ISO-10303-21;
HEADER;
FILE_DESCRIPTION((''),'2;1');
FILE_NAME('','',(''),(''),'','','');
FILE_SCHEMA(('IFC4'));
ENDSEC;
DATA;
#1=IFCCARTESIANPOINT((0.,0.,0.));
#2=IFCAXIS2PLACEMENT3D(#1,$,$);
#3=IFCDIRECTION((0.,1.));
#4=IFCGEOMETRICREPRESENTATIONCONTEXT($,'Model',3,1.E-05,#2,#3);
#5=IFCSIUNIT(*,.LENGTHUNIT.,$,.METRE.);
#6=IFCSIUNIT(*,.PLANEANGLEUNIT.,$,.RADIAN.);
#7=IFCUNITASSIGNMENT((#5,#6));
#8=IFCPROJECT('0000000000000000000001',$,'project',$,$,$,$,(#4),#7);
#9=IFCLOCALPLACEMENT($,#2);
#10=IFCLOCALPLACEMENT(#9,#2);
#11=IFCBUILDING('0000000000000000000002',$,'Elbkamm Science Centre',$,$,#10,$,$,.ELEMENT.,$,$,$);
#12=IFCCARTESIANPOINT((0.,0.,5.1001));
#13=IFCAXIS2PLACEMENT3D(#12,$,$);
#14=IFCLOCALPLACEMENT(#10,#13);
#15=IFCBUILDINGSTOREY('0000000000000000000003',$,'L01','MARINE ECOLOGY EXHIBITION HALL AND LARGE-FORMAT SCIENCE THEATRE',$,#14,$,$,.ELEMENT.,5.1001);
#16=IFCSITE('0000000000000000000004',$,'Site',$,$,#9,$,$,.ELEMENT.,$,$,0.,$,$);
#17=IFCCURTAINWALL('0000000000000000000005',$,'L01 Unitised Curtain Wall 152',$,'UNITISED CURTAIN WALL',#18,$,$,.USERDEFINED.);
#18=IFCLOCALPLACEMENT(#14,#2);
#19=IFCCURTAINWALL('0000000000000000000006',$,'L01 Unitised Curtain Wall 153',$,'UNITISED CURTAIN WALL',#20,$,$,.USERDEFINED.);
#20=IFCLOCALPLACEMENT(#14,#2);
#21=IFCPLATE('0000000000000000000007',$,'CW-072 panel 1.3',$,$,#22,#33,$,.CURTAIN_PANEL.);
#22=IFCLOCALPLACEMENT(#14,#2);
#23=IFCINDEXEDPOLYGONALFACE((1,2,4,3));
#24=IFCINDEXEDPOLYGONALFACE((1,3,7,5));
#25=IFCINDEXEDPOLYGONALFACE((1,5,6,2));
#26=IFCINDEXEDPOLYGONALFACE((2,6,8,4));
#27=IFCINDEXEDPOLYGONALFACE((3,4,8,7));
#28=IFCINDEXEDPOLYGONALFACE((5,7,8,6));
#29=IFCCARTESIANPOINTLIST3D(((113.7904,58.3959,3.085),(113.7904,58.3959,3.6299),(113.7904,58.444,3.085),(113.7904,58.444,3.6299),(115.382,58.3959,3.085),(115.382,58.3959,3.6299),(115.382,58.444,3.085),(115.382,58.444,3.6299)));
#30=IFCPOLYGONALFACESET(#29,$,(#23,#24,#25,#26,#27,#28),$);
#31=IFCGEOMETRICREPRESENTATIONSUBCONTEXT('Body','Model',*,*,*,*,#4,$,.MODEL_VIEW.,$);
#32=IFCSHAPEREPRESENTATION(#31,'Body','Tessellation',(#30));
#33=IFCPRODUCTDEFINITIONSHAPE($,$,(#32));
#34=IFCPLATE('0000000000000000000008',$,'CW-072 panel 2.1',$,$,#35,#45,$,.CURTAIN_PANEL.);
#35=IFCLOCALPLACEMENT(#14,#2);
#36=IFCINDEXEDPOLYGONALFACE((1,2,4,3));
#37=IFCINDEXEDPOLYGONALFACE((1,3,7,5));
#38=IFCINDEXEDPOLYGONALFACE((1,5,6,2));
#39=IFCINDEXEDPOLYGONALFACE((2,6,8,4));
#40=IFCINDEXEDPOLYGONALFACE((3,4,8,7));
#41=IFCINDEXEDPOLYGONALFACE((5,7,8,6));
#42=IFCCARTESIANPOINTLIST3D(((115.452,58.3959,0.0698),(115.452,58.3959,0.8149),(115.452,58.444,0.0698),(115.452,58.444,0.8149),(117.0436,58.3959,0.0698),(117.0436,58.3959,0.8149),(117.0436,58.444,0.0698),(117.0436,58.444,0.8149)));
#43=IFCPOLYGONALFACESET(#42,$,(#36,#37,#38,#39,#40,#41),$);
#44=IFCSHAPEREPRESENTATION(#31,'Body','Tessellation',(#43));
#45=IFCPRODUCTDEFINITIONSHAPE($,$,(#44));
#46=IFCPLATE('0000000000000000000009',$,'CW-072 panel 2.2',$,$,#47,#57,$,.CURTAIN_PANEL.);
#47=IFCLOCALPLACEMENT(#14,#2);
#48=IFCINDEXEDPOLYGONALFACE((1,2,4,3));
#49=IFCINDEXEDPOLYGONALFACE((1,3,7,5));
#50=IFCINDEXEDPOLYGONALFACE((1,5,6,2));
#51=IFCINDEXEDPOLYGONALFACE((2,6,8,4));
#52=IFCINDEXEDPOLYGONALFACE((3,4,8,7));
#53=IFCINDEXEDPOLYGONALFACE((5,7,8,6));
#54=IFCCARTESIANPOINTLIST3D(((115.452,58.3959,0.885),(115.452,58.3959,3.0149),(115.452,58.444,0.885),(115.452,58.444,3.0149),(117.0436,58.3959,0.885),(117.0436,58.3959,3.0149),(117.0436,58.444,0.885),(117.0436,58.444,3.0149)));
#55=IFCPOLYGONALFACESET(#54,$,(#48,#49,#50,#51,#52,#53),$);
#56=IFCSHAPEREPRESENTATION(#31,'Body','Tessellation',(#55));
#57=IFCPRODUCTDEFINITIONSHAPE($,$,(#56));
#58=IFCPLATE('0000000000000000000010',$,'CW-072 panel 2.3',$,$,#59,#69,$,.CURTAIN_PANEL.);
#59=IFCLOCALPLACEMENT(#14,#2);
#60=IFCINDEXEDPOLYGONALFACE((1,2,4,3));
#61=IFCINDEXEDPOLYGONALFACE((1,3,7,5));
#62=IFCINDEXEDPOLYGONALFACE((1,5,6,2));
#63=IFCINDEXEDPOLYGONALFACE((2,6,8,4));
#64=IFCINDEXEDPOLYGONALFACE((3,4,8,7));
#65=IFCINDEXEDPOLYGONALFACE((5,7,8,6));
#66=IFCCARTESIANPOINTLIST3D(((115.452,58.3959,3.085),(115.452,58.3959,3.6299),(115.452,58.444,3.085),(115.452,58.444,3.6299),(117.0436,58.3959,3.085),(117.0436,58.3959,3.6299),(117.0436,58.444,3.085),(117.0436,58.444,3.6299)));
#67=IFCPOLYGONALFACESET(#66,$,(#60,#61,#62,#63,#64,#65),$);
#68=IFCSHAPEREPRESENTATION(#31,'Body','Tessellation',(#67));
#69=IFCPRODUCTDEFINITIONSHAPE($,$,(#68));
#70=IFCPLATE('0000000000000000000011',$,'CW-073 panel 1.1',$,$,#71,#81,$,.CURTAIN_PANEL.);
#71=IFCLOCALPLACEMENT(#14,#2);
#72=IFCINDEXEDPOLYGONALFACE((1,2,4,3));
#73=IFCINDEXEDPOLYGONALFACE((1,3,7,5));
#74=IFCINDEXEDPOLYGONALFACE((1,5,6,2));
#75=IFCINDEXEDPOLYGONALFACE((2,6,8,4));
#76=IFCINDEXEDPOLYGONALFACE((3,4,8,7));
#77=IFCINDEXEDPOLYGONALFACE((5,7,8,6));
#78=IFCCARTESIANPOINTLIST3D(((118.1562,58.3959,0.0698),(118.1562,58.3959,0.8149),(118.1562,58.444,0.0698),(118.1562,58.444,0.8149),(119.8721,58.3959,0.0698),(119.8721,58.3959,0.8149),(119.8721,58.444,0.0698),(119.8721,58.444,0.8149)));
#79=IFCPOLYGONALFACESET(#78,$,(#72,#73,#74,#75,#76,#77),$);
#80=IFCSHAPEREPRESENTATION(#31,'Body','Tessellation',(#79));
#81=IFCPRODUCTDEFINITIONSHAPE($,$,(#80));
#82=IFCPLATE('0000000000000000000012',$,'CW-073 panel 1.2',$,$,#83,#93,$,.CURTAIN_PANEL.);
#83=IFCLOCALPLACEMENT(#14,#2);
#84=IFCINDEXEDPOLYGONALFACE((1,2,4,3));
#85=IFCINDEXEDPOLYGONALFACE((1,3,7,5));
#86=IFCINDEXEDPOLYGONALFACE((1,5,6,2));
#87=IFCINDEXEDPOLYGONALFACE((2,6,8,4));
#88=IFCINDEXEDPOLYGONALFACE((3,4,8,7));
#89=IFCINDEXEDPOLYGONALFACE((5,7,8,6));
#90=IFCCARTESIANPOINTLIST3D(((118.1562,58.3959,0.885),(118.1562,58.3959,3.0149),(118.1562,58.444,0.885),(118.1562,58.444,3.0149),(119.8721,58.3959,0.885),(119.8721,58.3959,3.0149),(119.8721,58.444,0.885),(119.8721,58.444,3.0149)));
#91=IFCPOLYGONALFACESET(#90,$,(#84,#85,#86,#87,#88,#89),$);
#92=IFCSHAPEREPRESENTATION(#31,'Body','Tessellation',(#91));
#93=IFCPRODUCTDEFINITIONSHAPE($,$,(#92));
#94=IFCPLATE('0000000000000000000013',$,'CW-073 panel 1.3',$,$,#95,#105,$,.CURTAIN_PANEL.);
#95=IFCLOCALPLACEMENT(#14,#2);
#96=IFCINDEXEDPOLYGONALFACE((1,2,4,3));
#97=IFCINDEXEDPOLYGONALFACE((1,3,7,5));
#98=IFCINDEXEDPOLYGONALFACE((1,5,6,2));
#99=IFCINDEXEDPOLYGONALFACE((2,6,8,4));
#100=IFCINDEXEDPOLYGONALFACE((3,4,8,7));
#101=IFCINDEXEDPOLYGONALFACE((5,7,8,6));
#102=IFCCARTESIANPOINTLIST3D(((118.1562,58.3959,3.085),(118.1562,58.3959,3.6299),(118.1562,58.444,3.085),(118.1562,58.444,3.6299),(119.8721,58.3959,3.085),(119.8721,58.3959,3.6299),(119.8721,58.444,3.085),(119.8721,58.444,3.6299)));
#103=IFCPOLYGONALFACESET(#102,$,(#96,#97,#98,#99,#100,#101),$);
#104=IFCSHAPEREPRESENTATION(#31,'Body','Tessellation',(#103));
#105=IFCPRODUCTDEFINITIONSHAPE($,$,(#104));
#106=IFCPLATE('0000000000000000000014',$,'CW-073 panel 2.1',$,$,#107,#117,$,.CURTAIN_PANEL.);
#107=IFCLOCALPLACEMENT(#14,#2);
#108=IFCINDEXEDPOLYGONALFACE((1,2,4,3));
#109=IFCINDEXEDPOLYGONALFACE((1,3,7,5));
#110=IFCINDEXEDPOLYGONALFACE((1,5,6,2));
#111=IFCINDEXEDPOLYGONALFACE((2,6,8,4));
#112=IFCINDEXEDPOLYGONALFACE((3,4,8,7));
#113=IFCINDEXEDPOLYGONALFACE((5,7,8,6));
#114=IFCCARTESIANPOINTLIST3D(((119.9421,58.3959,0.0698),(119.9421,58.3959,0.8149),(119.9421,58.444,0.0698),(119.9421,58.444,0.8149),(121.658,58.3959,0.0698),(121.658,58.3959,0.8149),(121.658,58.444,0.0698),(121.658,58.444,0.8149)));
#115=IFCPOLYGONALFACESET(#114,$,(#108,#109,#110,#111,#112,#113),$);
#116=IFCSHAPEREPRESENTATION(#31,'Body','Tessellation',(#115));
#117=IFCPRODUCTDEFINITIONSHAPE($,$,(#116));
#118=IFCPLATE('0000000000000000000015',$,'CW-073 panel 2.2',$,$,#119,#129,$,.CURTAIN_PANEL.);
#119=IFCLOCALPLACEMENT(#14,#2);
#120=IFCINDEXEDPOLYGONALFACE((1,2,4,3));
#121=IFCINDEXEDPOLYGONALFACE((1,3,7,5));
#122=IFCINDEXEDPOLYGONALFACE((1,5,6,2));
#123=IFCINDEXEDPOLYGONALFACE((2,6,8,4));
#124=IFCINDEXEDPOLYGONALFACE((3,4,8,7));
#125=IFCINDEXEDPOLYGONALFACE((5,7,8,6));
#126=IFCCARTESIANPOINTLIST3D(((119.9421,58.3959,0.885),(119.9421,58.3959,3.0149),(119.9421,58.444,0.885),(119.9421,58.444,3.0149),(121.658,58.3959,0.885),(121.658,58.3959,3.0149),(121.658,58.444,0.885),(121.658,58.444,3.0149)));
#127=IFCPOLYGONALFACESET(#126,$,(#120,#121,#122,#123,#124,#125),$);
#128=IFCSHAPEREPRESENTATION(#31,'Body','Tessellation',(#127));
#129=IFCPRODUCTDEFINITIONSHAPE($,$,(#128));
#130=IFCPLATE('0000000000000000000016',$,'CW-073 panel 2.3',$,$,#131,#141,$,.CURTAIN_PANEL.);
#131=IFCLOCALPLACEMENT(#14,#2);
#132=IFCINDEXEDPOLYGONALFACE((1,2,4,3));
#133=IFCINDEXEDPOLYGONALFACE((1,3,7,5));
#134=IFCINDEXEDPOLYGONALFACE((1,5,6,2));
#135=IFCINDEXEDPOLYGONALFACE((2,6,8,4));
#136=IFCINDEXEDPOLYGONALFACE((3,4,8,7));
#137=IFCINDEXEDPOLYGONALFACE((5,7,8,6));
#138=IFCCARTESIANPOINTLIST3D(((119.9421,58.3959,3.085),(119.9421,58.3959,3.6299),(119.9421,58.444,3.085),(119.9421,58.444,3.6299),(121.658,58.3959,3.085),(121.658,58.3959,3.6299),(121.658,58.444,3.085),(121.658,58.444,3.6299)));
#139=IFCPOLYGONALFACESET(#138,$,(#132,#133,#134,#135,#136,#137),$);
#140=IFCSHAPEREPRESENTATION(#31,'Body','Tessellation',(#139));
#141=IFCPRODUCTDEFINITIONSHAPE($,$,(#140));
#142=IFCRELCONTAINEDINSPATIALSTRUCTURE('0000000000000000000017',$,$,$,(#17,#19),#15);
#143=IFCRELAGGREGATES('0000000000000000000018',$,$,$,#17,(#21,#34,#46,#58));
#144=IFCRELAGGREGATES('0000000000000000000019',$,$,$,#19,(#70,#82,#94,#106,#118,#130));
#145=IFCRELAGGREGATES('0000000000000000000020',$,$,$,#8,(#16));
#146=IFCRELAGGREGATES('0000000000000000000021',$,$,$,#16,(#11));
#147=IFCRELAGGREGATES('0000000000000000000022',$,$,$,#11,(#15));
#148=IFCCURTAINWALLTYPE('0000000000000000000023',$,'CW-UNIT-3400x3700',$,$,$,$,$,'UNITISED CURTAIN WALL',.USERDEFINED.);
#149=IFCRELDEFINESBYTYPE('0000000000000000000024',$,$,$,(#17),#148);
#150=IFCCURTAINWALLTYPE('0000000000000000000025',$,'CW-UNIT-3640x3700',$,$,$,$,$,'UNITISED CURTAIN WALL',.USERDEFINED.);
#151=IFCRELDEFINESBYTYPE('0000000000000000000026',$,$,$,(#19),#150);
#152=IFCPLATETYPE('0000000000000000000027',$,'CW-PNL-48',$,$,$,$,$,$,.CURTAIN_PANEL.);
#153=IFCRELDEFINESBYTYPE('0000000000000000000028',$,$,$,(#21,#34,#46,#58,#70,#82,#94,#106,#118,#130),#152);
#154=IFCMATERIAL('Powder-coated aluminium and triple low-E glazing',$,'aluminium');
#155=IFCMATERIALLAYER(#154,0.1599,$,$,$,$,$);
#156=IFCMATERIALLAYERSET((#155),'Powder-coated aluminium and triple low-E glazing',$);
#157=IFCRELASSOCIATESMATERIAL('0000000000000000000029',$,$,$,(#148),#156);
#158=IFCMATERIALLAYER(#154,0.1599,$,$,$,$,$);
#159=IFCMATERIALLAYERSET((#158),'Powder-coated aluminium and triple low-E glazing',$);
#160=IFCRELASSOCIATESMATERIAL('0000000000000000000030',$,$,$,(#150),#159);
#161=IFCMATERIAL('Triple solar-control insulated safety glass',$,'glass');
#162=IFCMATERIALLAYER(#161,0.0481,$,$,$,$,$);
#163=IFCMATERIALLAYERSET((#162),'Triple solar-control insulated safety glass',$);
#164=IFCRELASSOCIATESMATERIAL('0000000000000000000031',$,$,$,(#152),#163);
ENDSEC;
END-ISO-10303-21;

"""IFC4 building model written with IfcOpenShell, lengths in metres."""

from ifc_helpers import new_model, si_unit, direction, frame, origin, origin_2d, place, context, subcontext, project, spatial, rectangle, extrude, material, layer, layer_set, type_object, element, aggregate, save


model = new_model("IFC4")

# Units and contexts
model_context = context("Model", 3, precision=1e-05, world=origin(), true_north=direction((0.0, 1.0)))
body_context = subcontext(model_context, "Body", "Model", "MODEL_VIEW")
ifc_project = project(units=[si_unit("LENGTHUNIT", "METRE"), si_unit("PLANEANGLEUNIT", "RADIAN")], contexts=[model_context])

# Site, building, storey
site_placement = place(None, origin())
site = spatial("IfcSite", under=ifc_project, at=site_placement, Name="Site", CompositionType="ELEMENT", RefElevation=0.0)
building_placement = place(site_placement, origin())
building = spatial("IfcBuilding", under=site, at=building_placement, Name="Elbkamm Science Centre", CompositionType="ELEMENT")
storey_placement = place(building_placement, frame((0.0, 0.0, 5.1001)))
storey = spatial("IfcBuildingStorey", under=building, at=storey_placement, Name="L01", Description="MARINE ECOLOGY EXHIBITION HALL AND LARGE-FORMAT SCIENCE THEATRE", CompositionType="ELEMENT", Elevation=5.1001)

# Curtain walls
ifc_material_1 = material(Name="Powder-coated aluminium and triple low-E glazing", Category="aluminium")
ifc_layer_1 = layer(ifc_material_1, 0.1599)
ifc_layer_set_1 = layer_set([ifc_layer_1], Name="Powder-coated aluminium and triple low-E glazing")
curtain_wall_type_1 = type_object("IfcCurtainWallType", Name="CW-UNIT-3400x3700", ElementType="UNITISED CURTAIN WALL", PredefinedType="USERDEFINED", material=ifc_layer_set_1)
curtain_wall_1_placement = place(storey_placement, origin())
curtain_wall_1 = element("IfcCurtainWall", 1, at=curtain_wall_1_placement, inside=storey, type_object=curtain_wall_type_1, Name="L01 Unitised Curtain Wall 152", ObjectType="UNITISED CURTAIN WALL", PredefinedType="USERDEFINED")
ifc_layer_2 = layer(ifc_material_1, 0.1599)
ifc_layer_set_2 = layer_set([ifc_layer_2], Name="Powder-coated aluminium and triple low-E glazing")
curtain_wall_type_2 = type_object("IfcCurtainWallType", Name="CW-UNIT-3640x3700", ElementType="UNITISED CURTAIN WALL", PredefinedType="USERDEFINED", material=ifc_layer_set_2)
curtain_wall_2_placement = place(storey_placement, origin())
curtain_wall_2 = element("IfcCurtainWall", 2, at=curtain_wall_2_placement, inside=storey, type_object=curtain_wall_type_2, Name="L01 Unitised Curtain Wall 153", ObjectType="UNITISED CURTAIN WALL", PredefinedType="USERDEFINED")

# Plates
ifc_material_2 = material(Name="Triple solar-control insulated safety glass", Category="glass")
ifc_layer_3 = layer(ifc_material_2, 0.0481)
ifc_layer_set_3 = layer_set([ifc_layer_3], Name="Triple solar-control insulated safety glass")
plate_type = type_object("IfcPlateType", Name="CW-PNL-48", PredefinedType="CURTAIN_PANEL", material=ifc_layer_set_3)
plate_1_placement = place(storey_placement, frame((114.5862, 58.4199, 3.085), z_axis=(0.0, 0.0, 1.0), x_axis=(1.0, 0.0, 0.0)))
plate_1 = element("IfcPlate", 3, at=plate_1_placement, type_object=plate_type, Name="CW-072 panel 1.3", PredefinedType="CURTAIN_PANEL", context=body_context, shape_type="SweptSolid", body=[
    extrude(rectangle(XDim=1.5916, YDim=0.0481, at=origin_2d()), origin(), (0.0, 0.0, 1.0), 0.5449),
])
plate_2_placement = place(storey_placement, frame((116.2478, 58.4199, 0.0698), z_axis=(0.0, 0.0, 1.0), x_axis=(1.0, 0.0, 0.0)))
plate_2 = element("IfcPlate", 4, at=plate_2_placement, type_object=plate_type, Name="CW-072 panel 2.1", PredefinedType="CURTAIN_PANEL", context=body_context, shape_type="SweptSolid", body=[
    extrude(rectangle(XDim=1.5916, YDim=0.0481, at=origin_2d()), origin(), (0.0, 0.0, 1.0), 0.7451),
])
plate_3_placement = place(storey_placement, frame((116.2478, 58.4199, 0.885), z_axis=(0.0, 0.0, 1.0), x_axis=(1.0, 0.0, 0.0)))
plate_3 = element("IfcPlate", 5, at=plate_3_placement, type_object=plate_type, Name="CW-072 panel 2.2", PredefinedType="CURTAIN_PANEL", context=body_context, shape_type="SweptSolid", body=[
    extrude(rectangle(XDim=1.5916, YDim=0.0481, at=origin_2d()), origin(), (0.0, 0.0, 1.0), 2.1299),
])
plate_4_placement = place(storey_placement, frame((116.2478, 58.4199, 3.085), z_axis=(0.0, 0.0, 1.0), x_axis=(1.0, 0.0, 0.0)))
plate_4 = element("IfcPlate", 6, at=plate_4_placement, type_object=plate_type, Name="CW-072 panel 2.3", PredefinedType="CURTAIN_PANEL", context=body_context, shape_type="SweptSolid", body=[
    extrude(rectangle(XDim=1.5916, YDim=0.0481, at=origin_2d()), origin(), (0.0, 0.0, 1.0), 0.5449),
])
aggregate(curtain_wall_1, [plate_1, plate_2, plate_3, plate_4])
plate_5_placement = place(storey_placement, frame((119.0142, 58.4199, 0.0698), z_axis=(0.0, 0.0, 1.0), x_axis=(1.0, 0.0, 0.0)))
plate_5 = element("IfcPlate", 7, at=plate_5_placement, type_object=plate_type, Name="CW-073 panel 1.1", PredefinedType="CURTAIN_PANEL", context=body_context, shape_type="SweptSolid", body=[
    extrude(rectangle(XDim=1.7158, YDim=0.0481, at=origin_2d()), origin(), (0.0, 0.0, 1.0), 0.7451),
])
plate_6_placement = place(storey_placement, frame((119.0142, 58.4199, 0.885), z_axis=(0.0, 0.0, 1.0), x_axis=(1.0, 0.0, 0.0)))
plate_6 = element("IfcPlate", 8, at=plate_6_placement, type_object=plate_type, Name="CW-073 panel 1.2", PredefinedType="CURTAIN_PANEL", context=body_context, shape_type="SweptSolid", body=[
    extrude(rectangle(XDim=1.7158, YDim=0.0481, at=origin_2d()), origin(), (0.0, 0.0, 1.0), 2.1299),
])
plate_7_placement = place(storey_placement, frame((119.0142, 58.4199, 3.085), z_axis=(0.0, 0.0, 1.0), x_axis=(1.0, 0.0, 0.0)))
plate_7 = element("IfcPlate", 9, at=plate_7_placement, type_object=plate_type, Name="CW-073 panel 1.3", PredefinedType="CURTAIN_PANEL", context=body_context, shape_type="SweptSolid", body=[
    extrude(rectangle(XDim=1.7158, YDim=0.0481, at=origin_2d()), origin(), (0.0, 0.0, 1.0), 0.5449),
])
plate_8_placement = place(storey_placement, frame((120.8, 58.4199, 0.0698), z_axis=(0.0, 0.0, 1.0), x_axis=(1.0, 0.0, 0.0)))
plate_8 = element("IfcPlate", 10, at=plate_8_placement, type_object=plate_type, Name="CW-073 panel 2.1", PredefinedType="CURTAIN_PANEL", context=body_context, shape_type="SweptSolid", body=[
    extrude(rectangle(XDim=1.7158, YDim=0.0481, at=origin_2d()), origin(), (0.0, 0.0, 1.0), 0.7451),
])
plate_9_placement = place(storey_placement, frame((120.8, 58.4199, 0.885), z_axis=(0.0, 0.0, 1.0), x_axis=(1.0, 0.0, 0.0)))
plate_9 = element("IfcPlate", 11, at=plate_9_placement, type_object=plate_type, Name="CW-073 panel 2.2", PredefinedType="CURTAIN_PANEL", context=body_context, shape_type="SweptSolid", body=[
    extrude(rectangle(XDim=1.7158, YDim=0.0481, at=origin_2d()), origin(), (0.0, 0.0, 1.0), 2.1299),
])
plate_10_placement = place(storey_placement, frame((120.8, 58.4199, 3.085), z_axis=(0.0, 0.0, 1.0), x_axis=(1.0, 0.0, 0.0)))
plate_10 = element("IfcPlate", 12, at=plate_10_placement, type_object=plate_type, Name="CW-073 panel 2.3", PredefinedType="CURTAIN_PANEL", context=body_context, shape_type="SweptSolid", body=[
    extrude(rectangle(XDim=1.7158, YDim=0.0481, at=origin_2d()), origin(), (0.0, 0.0, 1.0), 0.5449),
])
aggregate(curtain_wall_2, [plate_5, plate_6, plate_7, plate_8, plate_9, plate_10])

save(model, "model.ifc")
